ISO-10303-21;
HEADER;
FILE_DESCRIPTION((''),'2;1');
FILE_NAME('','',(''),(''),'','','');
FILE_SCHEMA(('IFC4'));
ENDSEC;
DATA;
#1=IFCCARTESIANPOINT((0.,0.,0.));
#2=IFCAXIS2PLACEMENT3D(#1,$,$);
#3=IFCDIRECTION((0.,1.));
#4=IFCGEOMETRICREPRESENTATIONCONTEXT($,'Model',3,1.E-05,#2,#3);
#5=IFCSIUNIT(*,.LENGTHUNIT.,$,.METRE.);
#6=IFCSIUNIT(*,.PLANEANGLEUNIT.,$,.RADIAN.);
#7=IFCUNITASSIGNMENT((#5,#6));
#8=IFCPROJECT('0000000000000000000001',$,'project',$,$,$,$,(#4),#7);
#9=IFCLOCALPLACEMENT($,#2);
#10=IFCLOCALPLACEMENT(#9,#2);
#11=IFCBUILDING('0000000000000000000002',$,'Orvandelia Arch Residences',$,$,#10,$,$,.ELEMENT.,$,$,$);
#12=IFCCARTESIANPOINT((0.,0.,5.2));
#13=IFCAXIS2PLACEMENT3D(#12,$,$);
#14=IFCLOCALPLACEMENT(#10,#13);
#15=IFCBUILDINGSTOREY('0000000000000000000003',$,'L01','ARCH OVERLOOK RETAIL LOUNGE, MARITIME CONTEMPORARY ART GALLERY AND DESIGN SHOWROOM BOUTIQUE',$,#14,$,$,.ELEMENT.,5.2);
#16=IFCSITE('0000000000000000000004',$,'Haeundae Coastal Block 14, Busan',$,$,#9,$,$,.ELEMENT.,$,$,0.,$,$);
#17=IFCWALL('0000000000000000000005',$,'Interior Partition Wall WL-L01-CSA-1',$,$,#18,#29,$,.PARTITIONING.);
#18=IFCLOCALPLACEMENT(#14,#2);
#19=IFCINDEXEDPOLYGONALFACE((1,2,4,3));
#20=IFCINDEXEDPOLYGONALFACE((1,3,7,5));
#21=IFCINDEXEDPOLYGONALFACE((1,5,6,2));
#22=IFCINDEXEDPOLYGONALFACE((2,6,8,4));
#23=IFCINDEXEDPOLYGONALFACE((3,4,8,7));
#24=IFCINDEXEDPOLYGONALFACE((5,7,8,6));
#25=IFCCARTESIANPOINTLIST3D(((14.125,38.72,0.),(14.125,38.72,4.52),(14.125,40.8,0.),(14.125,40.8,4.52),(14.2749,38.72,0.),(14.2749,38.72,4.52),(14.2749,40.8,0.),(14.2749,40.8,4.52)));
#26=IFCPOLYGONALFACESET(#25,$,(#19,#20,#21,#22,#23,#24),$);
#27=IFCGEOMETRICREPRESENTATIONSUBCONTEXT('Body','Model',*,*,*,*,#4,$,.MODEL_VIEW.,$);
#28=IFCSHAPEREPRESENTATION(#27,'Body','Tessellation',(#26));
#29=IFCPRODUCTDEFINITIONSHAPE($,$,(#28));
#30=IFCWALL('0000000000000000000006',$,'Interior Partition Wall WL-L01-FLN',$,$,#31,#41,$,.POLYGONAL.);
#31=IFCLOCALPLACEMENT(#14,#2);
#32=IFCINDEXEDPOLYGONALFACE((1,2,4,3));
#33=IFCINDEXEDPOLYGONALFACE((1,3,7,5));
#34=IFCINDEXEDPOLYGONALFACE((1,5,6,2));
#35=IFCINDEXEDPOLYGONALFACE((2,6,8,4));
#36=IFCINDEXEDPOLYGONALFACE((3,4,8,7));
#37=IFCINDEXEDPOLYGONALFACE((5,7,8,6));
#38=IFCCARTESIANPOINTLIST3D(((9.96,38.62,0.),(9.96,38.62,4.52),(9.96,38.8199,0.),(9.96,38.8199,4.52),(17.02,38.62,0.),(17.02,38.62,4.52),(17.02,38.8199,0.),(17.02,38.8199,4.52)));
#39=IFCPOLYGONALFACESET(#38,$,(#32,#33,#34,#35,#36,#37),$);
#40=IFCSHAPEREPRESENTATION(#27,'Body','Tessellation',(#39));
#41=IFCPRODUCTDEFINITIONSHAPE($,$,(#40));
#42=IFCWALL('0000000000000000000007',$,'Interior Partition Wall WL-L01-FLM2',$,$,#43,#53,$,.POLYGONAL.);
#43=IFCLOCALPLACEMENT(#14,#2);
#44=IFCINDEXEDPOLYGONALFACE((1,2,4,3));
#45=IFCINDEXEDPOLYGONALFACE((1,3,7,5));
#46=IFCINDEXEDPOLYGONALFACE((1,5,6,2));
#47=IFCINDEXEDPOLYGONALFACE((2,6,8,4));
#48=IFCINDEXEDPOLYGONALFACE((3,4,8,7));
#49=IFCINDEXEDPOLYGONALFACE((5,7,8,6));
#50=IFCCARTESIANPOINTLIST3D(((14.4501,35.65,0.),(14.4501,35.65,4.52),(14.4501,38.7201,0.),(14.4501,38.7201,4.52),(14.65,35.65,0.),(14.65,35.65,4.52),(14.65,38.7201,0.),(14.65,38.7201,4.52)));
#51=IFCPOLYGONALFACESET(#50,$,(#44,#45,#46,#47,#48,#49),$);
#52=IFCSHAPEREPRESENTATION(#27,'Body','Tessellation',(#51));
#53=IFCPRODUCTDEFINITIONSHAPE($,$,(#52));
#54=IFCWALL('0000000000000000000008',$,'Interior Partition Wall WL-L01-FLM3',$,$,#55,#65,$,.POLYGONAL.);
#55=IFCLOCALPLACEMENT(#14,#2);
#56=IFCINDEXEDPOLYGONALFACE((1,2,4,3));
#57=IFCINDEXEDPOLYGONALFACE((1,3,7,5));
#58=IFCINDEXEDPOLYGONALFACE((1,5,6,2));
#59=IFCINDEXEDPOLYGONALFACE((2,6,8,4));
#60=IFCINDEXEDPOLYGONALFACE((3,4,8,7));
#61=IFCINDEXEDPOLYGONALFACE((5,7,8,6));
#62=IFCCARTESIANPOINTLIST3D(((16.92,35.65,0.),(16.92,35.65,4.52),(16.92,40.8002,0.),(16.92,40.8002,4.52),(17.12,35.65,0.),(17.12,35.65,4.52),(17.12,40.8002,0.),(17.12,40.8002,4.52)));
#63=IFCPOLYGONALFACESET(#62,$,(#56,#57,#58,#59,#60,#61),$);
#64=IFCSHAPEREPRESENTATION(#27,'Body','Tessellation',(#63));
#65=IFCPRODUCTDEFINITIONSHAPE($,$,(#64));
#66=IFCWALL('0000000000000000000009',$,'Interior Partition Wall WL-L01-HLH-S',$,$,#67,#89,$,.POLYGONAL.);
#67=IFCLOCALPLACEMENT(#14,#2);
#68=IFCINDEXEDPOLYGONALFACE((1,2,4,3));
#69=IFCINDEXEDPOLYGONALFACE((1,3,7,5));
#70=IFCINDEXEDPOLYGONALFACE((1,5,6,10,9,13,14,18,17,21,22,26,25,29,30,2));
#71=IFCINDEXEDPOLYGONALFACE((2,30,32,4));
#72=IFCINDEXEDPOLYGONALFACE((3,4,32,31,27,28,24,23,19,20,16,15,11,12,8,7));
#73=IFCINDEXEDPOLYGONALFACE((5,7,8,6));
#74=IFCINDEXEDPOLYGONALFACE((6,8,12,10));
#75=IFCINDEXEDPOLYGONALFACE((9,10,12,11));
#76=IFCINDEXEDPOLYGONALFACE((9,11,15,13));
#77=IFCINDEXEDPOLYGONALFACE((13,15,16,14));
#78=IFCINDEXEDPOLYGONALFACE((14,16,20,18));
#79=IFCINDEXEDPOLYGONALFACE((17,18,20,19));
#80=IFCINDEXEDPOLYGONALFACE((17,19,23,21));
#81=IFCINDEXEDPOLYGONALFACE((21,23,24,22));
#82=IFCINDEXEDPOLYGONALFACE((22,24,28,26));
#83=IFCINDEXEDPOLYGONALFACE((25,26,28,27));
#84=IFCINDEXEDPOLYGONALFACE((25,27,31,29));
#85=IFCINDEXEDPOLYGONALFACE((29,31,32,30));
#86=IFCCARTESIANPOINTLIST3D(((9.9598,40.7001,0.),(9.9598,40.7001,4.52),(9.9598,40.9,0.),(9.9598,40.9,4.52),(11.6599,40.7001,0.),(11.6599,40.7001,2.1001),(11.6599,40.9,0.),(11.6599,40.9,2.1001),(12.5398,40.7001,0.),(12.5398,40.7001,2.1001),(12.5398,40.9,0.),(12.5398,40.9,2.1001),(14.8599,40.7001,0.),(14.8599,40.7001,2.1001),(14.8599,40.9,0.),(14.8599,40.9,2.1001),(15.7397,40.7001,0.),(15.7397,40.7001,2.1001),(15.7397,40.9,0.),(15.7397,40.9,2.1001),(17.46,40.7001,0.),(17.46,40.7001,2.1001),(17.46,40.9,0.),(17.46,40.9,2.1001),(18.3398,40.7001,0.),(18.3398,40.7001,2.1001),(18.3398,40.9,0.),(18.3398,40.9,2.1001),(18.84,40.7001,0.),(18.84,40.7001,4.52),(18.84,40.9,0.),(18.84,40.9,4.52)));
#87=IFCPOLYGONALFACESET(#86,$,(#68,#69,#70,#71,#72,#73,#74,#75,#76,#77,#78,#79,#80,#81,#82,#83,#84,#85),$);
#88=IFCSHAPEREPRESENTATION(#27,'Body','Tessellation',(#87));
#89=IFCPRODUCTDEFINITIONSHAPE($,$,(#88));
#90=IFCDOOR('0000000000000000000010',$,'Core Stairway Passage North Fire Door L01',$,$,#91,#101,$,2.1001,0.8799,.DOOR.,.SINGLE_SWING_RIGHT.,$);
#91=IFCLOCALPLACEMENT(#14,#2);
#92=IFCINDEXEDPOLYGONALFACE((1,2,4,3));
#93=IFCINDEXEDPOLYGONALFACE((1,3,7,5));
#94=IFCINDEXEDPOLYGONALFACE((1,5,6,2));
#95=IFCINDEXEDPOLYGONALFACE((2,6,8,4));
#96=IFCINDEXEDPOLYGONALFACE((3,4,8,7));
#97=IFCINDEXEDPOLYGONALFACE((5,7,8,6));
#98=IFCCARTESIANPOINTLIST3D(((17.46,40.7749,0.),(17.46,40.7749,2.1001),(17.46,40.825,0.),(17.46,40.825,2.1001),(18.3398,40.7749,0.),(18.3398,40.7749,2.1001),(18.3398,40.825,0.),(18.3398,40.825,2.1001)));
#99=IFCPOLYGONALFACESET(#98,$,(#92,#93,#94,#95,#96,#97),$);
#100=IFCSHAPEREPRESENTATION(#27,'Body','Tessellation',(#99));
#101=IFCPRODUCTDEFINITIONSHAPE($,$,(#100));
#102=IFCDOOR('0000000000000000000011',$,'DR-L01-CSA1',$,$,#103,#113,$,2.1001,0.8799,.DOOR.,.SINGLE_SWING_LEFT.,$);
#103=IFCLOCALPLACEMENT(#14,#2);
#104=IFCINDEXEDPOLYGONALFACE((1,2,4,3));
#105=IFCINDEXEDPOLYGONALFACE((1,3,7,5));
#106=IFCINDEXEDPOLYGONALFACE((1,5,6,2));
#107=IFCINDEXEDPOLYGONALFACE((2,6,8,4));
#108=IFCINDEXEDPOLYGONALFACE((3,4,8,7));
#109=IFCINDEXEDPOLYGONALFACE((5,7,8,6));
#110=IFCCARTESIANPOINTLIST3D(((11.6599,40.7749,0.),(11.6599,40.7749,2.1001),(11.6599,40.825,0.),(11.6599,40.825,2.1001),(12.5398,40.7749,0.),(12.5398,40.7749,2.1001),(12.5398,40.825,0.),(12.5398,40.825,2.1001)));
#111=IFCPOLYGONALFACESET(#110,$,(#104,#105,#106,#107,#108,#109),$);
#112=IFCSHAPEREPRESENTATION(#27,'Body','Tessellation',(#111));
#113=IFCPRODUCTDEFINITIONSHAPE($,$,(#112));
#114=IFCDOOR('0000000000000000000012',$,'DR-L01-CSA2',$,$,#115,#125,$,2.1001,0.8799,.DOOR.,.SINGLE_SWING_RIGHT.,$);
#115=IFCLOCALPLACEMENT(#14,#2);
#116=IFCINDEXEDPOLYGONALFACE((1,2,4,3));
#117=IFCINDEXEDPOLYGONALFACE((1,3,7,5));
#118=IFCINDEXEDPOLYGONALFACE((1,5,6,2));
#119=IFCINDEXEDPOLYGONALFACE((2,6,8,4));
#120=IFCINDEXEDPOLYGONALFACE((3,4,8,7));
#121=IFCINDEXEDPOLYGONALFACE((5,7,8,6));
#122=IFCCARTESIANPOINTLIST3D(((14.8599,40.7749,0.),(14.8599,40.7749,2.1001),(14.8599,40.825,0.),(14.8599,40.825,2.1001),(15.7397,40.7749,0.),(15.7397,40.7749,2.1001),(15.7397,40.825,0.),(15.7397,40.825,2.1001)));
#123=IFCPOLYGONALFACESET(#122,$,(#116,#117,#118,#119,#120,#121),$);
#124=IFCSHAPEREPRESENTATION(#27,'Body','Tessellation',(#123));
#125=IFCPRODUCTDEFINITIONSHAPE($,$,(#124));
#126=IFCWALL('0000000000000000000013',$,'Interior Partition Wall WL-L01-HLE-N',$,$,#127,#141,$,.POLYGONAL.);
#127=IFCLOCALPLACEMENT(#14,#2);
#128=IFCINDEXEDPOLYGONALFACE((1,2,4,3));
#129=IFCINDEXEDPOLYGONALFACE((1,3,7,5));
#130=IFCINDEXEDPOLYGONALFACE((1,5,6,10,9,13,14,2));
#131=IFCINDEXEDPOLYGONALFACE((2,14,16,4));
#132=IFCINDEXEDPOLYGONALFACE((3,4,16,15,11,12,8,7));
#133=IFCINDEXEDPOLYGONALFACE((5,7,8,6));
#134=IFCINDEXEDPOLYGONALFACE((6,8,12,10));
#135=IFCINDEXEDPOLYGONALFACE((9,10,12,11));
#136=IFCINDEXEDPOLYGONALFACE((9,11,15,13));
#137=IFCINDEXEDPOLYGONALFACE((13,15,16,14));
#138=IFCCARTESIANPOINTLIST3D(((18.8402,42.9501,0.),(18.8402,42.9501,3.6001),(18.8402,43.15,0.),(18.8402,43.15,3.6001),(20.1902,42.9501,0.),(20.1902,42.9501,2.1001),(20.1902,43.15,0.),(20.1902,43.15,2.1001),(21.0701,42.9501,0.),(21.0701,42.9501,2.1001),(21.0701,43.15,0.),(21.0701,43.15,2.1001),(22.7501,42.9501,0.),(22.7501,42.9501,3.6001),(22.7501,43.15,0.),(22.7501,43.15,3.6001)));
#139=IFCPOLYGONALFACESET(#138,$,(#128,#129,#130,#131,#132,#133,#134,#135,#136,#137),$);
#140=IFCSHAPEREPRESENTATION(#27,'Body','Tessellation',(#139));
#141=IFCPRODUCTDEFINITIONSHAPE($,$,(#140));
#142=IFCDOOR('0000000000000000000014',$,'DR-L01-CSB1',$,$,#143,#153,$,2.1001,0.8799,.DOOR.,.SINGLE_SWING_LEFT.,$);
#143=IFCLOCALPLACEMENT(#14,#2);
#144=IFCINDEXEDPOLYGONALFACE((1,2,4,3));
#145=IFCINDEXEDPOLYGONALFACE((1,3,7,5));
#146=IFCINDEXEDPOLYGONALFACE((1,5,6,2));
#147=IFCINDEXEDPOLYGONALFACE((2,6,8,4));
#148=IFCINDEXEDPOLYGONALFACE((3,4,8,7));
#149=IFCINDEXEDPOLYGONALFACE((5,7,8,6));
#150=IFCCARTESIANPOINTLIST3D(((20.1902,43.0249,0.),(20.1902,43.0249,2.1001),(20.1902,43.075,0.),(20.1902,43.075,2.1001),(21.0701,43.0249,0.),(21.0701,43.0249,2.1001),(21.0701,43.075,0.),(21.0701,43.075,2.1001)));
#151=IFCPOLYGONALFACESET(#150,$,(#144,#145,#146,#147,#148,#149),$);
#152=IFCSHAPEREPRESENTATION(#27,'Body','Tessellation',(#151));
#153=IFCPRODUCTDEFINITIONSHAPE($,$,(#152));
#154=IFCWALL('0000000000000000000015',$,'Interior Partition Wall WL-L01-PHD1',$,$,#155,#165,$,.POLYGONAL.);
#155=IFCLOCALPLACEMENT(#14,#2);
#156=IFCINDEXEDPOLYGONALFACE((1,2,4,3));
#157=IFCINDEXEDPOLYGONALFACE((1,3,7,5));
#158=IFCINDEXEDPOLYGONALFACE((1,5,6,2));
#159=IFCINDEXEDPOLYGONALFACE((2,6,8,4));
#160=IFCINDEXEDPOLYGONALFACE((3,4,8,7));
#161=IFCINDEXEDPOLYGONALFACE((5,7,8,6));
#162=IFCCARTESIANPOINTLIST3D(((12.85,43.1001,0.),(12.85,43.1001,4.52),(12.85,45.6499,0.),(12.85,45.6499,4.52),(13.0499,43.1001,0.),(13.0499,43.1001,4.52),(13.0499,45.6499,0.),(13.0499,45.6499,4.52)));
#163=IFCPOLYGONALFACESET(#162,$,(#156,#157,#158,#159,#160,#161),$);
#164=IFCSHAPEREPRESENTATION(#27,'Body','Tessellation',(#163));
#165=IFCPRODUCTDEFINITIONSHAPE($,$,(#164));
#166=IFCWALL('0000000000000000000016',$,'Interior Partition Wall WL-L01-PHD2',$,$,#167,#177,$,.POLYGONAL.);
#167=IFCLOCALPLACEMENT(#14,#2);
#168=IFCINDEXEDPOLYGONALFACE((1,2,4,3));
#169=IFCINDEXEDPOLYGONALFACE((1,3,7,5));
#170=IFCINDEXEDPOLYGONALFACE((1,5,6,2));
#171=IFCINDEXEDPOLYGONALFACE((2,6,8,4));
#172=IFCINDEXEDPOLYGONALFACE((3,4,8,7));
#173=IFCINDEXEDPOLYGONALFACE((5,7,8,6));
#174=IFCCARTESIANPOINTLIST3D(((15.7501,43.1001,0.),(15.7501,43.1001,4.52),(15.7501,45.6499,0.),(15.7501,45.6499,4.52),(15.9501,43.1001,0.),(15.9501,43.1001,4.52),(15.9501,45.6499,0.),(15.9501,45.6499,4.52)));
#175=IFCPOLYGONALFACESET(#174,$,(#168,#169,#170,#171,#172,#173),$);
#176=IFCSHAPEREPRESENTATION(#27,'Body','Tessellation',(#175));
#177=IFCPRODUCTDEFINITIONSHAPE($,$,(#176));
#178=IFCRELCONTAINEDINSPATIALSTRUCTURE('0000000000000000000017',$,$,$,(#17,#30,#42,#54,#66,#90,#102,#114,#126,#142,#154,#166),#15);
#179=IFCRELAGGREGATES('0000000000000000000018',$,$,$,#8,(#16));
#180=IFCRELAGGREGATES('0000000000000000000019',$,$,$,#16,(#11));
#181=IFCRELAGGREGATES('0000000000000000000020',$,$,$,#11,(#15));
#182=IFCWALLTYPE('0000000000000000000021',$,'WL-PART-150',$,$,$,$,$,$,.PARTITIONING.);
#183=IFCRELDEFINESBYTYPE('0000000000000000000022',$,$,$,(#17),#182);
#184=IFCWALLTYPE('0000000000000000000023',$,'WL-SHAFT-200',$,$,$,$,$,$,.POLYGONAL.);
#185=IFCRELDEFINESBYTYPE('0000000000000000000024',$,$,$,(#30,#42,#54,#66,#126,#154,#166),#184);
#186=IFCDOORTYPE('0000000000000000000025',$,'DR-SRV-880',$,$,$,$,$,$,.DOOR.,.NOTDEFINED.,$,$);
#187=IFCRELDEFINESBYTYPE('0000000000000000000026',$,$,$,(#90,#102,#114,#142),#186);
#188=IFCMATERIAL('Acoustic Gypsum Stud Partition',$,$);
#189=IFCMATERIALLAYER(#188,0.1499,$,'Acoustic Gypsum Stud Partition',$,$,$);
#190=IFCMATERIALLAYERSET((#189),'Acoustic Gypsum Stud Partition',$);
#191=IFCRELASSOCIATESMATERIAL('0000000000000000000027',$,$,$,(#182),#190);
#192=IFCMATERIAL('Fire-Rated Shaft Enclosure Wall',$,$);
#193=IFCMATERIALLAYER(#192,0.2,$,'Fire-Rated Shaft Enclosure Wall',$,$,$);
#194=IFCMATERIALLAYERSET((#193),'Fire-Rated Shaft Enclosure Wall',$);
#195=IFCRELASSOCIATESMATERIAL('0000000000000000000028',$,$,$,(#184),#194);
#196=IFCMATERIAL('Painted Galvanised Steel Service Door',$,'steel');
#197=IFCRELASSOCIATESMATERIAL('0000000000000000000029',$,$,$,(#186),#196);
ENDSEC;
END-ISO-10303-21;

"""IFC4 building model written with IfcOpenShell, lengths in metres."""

from ifc_helpers import new_model, si_unit, direction, frame, frame_2d, origin, place, context, subcontext, project, spatial, rectangle, extrude, material, layer, layer_set, type_object, element, fill, save


model = new_model("IFC4")

# Units and contexts
model_context = context("Model", 3, precision=1e-05, world=origin(), true_north=direction((0.0, 1.0)))
body_context = subcontext(model_context, "Body", "Model", "MODEL_VIEW")
ifc_project = project(units=[si_unit("LENGTHUNIT", "METRE"), si_unit("PLANEANGLEUNIT", "RADIAN")], contexts=[model_context])

# Site, building, storey
site_placement = place(None, origin())
site = spatial("IfcSite", under=ifc_project, at=site_placement, Name="Haeundae Coastal Block 14, Busan", CompositionType="ELEMENT", RefElevation=0.0)
building_placement = place(site_placement, origin())
building = spatial("IfcBuilding", under=site, at=building_placement, Name="Orvandelia Arch Residences", CompositionType="ELEMENT")
storey_placement = place(building_placement, frame((0.0, 0.0, 5.2)))
storey = spatial("IfcBuildingStorey", under=building, at=storey_placement, Name="L01", Description="ARCH OVERLOOK RETAIL LOUNGE, MARITIME CONTEMPORARY ART GALLERY AND DESIGN SHOWROOM BOUTIQUE", CompositionType="ELEMENT", Elevation=5.2)

# Walls
ifc_material_1 = material(Name="Acoustic Gypsum Stud Partition")
ifc_layer_1 = layer(ifc_material_1, 0.1499, Name="Acoustic Gypsum Stud Partition")
ifc_layer_set_1 = layer_set([ifc_layer_1], Name="Acoustic Gypsum Stud Partition")
wall_type_1 = type_object("IfcWallType", Name="WL-PART-150", PredefinedType="PARTITIONING", material=ifc_layer_set_1)
wall_1_placement = place(storey_placement, frame((14.2, 38.72, 0.0), z_axis=(0.0, 0.0, 1.0), x_axis=(0.0, 1.0, 0.0)))
element("IfcWall", 1, at=wall_1_placement, inside=storey, type_object=wall_type_1, Name="Interior Partition Wall WL-L01-CSA-1", PredefinedType="PARTITIONING", context=body_context, shape_type="SweptSolid", body=[
    extrude(rectangle(XDim=2.0801, YDim=0.1499, at=frame_2d((1.04, 0.0))), origin(), (0.0, 0.0, 1.0), 4.52),
])
ifc_material_2 = material(Name="Fire-Rated Shaft Enclosure Wall")
ifc_layer_2 = layer(ifc_material_2, 0.2, Name="Fire-Rated Shaft Enclosure Wall")
ifc_layer_set_2 = layer_set([ifc_layer_2], Name="Fire-Rated Shaft Enclosure Wall")
wall_type_2 = type_object("IfcWallType", Name="WL-SHAFT-200", PredefinedType="POLYGONAL", material=ifc_layer_set_2)
wall_2_placement = place(storey_placement, frame((9.96, 38.72, 0.0), z_axis=(0.0, 0.0, 1.0), x_axis=(1.0, 0.0, 0.0)))
element("IfcWall", 2, at=wall_2_placement, inside=storey, type_object=wall_type_2, Name="Interior Partition Wall WL-L01-FLN", PredefinedType="POLYGONAL", context=body_context, shape_type="SweptSolid", body=[
    extrude(rectangle(XDim=7.0601, YDim=0.2, at=frame_2d((3.53, 0.0))), origin(), (0.0, 0.0, 1.0), 4.52),
])
wall_3_placement = place(storey_placement, frame((14.55, 35.6499, 0.0), z_axis=(0.0, 0.0, 1.0), x_axis=(0.0, 1.0, 0.0)))
element("IfcWall", 3, at=wall_3_placement, inside=storey, type_object=wall_type_2, Name="Interior Partition Wall WL-L01-FLM2", PredefinedType="POLYGONAL", context=body_context, shape_type="SweptSolid", body=[
    extrude(rectangle(XDim=3.0701, YDim=0.2, at=frame_2d((1.5352, 0.0))), origin(), (0.0, 0.0, 1.0), 4.52),
])
wall_4_placement = place(storey_placement, frame((17.02, 35.6499, 0.0), z_axis=(0.0, 0.0, 1.0), x_axis=(0.0, 1.0, 0.0)))
element("IfcWall", 4, at=wall_4_placement, inside=storey, type_object=wall_type_2, Name="Interior Partition Wall WL-L01-FLM3", PredefinedType="POLYGONAL", context=body_context, shape_type="SweptSolid", body=[
    extrude(rectangle(XDim=5.1501, YDim=0.2, at=frame_2d((2.5752, 0.0))), origin(), (0.0, 0.0, 1.0), 4.52),
])

# Wall, openings, doors
wall_5_placement = place(storey_placement, frame((9.96, 40.8, 0.0), z_axis=(0.0, 0.0, 1.0), x_axis=(1.0, 0.0, 0.0)))
wall_5 = element("IfcWall", 5, at=wall_5_placement, inside=storey, type_object=wall_type_2, Name="Interior Partition Wall WL-L01-HLH-S", PredefinedType="POLYGONAL", context=body_context, shape_type="SweptSolid", body=[
    extrude(rectangle(XDim=8.8801, YDim=0.2, at=frame_2d((4.4399, 0.0))), origin(), (0.0, 0.0, 1.0), 4.52),
])
opening_1_placement = place(wall_5_placement, frame((7.5, 0.0, 0.0)))
opening_1 = element("IfcOpeningElement", 6, at=opening_1_placement, cuts=wall_5, PredefinedType="OPENING", context=body_context, shape_type="SweptSolid", body=[
    extrude(rectangle(XDim=0.8799, YDim=2.1001, at=frame_2d((0.4399, 1.05))), frame((0.0, 0.1099, 0.0), z_axis=(0.0, -1.0, 0.0), x_axis=(1.0, 0.0, 0.0)), (0.0, 0.0, 1.0), 0.22),
])
opening_2_placement = place(wall_5_placement, frame((1.7, 0.0, 0.0)))
opening_2 = element("IfcOpeningElement", 7, at=opening_2_placement, cuts=wall_5, PredefinedType="OPENING", context=body_context, shape_type="SweptSolid", body=[
    extrude(rectangle(XDim=0.8799, YDim=2.1001, at=frame_2d((0.4399, 1.05))), frame((0.0, 0.1099, 0.0), z_axis=(0.0, -1.0, 0.0), x_axis=(1.0, 0.0, 0.0)), (0.0, 0.0, 1.0), 0.22),
])
opening_3_placement = place(wall_5_placement, frame((4.8999, 0.0, 0.0)))
opening_3 = element("IfcOpeningElement", 8, at=opening_3_placement, cuts=wall_5, PredefinedType="OPENING", context=body_context, shape_type="SweptSolid", body=[
    extrude(rectangle(XDim=0.8799, YDim=2.1001, at=frame_2d((0.4399, 1.05))), frame((0.0, 0.1099, 0.0), z_axis=(0.0, -1.0, 0.0), x_axis=(1.0, 0.0, 0.0)), (0.0, 0.0, 1.0), 0.22),
])
ifc_material_3 = material(Name="Painted Galvanised Steel Service Door", Category="steel")
door_type = type_object("IfcDoorType", Name="DR-SRV-880", OperationType="NOTDEFINED", PredefinedType="DOOR", material=ifc_material_3)
door_1_placement = place(opening_1_placement, origin())
door_1 = element("IfcDoor", 9, at=door_1_placement, inside=storey, type_object=door_type, Name="Core Stairway Passage North Fire Door L01", OperationType="SINGLE_SWING_RIGHT", OverallHeight=2.1001, OverallWidth=0.8799, PredefinedType="DOOR", context=body_context, shape_type="SweptSolid", body=[
    extrude(rectangle(XDim=0.8799, YDim=2.1001, at=frame_2d((0.4399, 1.05))), frame((0.0, 0.0249, 0.0), z_axis=(0.0, -1.0, 0.0), x_axis=(1.0, 0.0, 0.0)), (0.0, 0.0, 1.0), 0.05),
])
fill(opening_1, door_1)
door_2_placement = place(opening_2_placement, origin())
door_2 = element("IfcDoor", 10, at=door_2_placement, inside=storey, type_object=door_type, Name="DR-L01-CSA1", OperationType="SINGLE_SWING_LEFT", OverallHeight=2.1001, OverallWidth=0.8799, PredefinedType="DOOR", context=body_context, shape_type="SweptSolid", body=[
    extrude(rectangle(XDim=0.8799, YDim=2.1001, at=frame_2d((0.4399, 1.05))), frame((0.0, 0.0249, 0.0), z_axis=(0.0, -1.0, 0.0), x_axis=(1.0, 0.0, 0.0)), (0.0, 0.0, 1.0), 0.05),
])
fill(opening_2, door_2)
door_3_placement = place(opening_3_placement, origin())
door_3 = element("IfcDoor", 11, at=door_3_placement, inside=storey, type_object=door_type, Name="DR-L01-CSA2", OperationType="SINGLE_SWING_RIGHT", OverallHeight=2.1001, OverallWidth=0.8799, PredefinedType="DOOR", context=body_context, shape_type="SweptSolid", body=[
    extrude(rectangle(XDim=0.8799, YDim=2.1001, at=frame_2d((0.4399, 1.05))), frame((0.0, 0.0249, 0.0), z_axis=(0.0, -1.0, 0.0), x_axis=(1.0, 0.0, 0.0)), (0.0, 0.0, 1.0), 0.05),
])
fill(opening_3, door_3)

# Wall, opening, door
wall_6_placement = place(storey_placement, frame((18.8401, 43.05, 0.0), z_axis=(0.0, 0.0, 1.0), x_axis=(1.0, 0.0, 0.0)))
wall_6 = element("IfcWall", 12, at=wall_6_placement, inside=storey, type_object=wall_type_2, Name="Interior Partition Wall WL-L01-HLE-N", PredefinedType="POLYGONAL", context=body_context, shape_type="SweptSolid", body=[
    extrude(rectangle(XDim=3.9099, YDim=0.2, at=frame_2d((1.9551, 0.0))), origin(), (0.0, 0.0, 1.0), 3.6001),
])
opening_4_placement = place(wall_6_placement, frame((1.3501, 0.0, 0.0)))
opening_4 = element("IfcOpeningElement", 13, at=opening_4_placement, cuts=wall_6, PredefinedType="OPENING", context=body_context, shape_type="SweptSolid", body=[
    extrude(rectangle(XDim=0.8799, YDim=2.1001, at=frame_2d((0.4399, 1.05))), frame((0.0, 0.1099, 0.0), z_axis=(0.0, -1.0, 0.0), x_axis=(1.0, 0.0, 0.0)), (0.0, 0.0, 1.0), 0.22),
])
door_4_placement = place(opening_4_placement, origin())
door_4 = element("IfcDoor", 14, at=door_4_placement, inside=storey, type_object=door_type, Name="DR-L01-CSB1", OperationType="SINGLE_SWING_LEFT", OverallHeight=2.1001, OverallWidth=0.8799, PredefinedType="DOOR", context=body_context, shape_type="SweptSolid", body=[
    extrude(rectangle(XDim=0.8799, YDim=2.1001, at=frame_2d((0.4399, 1.05))), frame((0.0, 0.0249, 0.0), z_axis=(0.0, -1.0, 0.0), x_axis=(1.0, 0.0, 0.0)), (0.0, 0.0, 1.0), 0.05),
])
fill(opening_4, door_4)

# Walls
for number, where, z_axis, x_axis, name in (
    (15, (12.95, 43.1001, 0.0), (0.0, 0.0, 1.0), (0.0, 1.0, 0.0), "Interior Partition Wall WL-L01-PHD1"),
    (16, (15.8501, 43.1001, 0.0), (0.0, 0.0, 1.0), (0.0, 1.0, 0.0), "Interior Partition Wall WL-L01-PHD2"),
):
    element("IfcWall", number, at=place(storey_placement, frame(where, z_axis=z_axis, x_axis=x_axis)), inside=storey, type_object=wall_type_2, Name=name, PredefinedType="POLYGONAL", context=body_context, shape_type="SweptSolid", body=[
        extrude(rectangle(XDim=2.5498, YDim=0.2, at=frame_2d((1.2749, 0.0))), origin(), (0.0, 0.0, 1.0), 4.52),
    ])

save(model, "model.ifc")
